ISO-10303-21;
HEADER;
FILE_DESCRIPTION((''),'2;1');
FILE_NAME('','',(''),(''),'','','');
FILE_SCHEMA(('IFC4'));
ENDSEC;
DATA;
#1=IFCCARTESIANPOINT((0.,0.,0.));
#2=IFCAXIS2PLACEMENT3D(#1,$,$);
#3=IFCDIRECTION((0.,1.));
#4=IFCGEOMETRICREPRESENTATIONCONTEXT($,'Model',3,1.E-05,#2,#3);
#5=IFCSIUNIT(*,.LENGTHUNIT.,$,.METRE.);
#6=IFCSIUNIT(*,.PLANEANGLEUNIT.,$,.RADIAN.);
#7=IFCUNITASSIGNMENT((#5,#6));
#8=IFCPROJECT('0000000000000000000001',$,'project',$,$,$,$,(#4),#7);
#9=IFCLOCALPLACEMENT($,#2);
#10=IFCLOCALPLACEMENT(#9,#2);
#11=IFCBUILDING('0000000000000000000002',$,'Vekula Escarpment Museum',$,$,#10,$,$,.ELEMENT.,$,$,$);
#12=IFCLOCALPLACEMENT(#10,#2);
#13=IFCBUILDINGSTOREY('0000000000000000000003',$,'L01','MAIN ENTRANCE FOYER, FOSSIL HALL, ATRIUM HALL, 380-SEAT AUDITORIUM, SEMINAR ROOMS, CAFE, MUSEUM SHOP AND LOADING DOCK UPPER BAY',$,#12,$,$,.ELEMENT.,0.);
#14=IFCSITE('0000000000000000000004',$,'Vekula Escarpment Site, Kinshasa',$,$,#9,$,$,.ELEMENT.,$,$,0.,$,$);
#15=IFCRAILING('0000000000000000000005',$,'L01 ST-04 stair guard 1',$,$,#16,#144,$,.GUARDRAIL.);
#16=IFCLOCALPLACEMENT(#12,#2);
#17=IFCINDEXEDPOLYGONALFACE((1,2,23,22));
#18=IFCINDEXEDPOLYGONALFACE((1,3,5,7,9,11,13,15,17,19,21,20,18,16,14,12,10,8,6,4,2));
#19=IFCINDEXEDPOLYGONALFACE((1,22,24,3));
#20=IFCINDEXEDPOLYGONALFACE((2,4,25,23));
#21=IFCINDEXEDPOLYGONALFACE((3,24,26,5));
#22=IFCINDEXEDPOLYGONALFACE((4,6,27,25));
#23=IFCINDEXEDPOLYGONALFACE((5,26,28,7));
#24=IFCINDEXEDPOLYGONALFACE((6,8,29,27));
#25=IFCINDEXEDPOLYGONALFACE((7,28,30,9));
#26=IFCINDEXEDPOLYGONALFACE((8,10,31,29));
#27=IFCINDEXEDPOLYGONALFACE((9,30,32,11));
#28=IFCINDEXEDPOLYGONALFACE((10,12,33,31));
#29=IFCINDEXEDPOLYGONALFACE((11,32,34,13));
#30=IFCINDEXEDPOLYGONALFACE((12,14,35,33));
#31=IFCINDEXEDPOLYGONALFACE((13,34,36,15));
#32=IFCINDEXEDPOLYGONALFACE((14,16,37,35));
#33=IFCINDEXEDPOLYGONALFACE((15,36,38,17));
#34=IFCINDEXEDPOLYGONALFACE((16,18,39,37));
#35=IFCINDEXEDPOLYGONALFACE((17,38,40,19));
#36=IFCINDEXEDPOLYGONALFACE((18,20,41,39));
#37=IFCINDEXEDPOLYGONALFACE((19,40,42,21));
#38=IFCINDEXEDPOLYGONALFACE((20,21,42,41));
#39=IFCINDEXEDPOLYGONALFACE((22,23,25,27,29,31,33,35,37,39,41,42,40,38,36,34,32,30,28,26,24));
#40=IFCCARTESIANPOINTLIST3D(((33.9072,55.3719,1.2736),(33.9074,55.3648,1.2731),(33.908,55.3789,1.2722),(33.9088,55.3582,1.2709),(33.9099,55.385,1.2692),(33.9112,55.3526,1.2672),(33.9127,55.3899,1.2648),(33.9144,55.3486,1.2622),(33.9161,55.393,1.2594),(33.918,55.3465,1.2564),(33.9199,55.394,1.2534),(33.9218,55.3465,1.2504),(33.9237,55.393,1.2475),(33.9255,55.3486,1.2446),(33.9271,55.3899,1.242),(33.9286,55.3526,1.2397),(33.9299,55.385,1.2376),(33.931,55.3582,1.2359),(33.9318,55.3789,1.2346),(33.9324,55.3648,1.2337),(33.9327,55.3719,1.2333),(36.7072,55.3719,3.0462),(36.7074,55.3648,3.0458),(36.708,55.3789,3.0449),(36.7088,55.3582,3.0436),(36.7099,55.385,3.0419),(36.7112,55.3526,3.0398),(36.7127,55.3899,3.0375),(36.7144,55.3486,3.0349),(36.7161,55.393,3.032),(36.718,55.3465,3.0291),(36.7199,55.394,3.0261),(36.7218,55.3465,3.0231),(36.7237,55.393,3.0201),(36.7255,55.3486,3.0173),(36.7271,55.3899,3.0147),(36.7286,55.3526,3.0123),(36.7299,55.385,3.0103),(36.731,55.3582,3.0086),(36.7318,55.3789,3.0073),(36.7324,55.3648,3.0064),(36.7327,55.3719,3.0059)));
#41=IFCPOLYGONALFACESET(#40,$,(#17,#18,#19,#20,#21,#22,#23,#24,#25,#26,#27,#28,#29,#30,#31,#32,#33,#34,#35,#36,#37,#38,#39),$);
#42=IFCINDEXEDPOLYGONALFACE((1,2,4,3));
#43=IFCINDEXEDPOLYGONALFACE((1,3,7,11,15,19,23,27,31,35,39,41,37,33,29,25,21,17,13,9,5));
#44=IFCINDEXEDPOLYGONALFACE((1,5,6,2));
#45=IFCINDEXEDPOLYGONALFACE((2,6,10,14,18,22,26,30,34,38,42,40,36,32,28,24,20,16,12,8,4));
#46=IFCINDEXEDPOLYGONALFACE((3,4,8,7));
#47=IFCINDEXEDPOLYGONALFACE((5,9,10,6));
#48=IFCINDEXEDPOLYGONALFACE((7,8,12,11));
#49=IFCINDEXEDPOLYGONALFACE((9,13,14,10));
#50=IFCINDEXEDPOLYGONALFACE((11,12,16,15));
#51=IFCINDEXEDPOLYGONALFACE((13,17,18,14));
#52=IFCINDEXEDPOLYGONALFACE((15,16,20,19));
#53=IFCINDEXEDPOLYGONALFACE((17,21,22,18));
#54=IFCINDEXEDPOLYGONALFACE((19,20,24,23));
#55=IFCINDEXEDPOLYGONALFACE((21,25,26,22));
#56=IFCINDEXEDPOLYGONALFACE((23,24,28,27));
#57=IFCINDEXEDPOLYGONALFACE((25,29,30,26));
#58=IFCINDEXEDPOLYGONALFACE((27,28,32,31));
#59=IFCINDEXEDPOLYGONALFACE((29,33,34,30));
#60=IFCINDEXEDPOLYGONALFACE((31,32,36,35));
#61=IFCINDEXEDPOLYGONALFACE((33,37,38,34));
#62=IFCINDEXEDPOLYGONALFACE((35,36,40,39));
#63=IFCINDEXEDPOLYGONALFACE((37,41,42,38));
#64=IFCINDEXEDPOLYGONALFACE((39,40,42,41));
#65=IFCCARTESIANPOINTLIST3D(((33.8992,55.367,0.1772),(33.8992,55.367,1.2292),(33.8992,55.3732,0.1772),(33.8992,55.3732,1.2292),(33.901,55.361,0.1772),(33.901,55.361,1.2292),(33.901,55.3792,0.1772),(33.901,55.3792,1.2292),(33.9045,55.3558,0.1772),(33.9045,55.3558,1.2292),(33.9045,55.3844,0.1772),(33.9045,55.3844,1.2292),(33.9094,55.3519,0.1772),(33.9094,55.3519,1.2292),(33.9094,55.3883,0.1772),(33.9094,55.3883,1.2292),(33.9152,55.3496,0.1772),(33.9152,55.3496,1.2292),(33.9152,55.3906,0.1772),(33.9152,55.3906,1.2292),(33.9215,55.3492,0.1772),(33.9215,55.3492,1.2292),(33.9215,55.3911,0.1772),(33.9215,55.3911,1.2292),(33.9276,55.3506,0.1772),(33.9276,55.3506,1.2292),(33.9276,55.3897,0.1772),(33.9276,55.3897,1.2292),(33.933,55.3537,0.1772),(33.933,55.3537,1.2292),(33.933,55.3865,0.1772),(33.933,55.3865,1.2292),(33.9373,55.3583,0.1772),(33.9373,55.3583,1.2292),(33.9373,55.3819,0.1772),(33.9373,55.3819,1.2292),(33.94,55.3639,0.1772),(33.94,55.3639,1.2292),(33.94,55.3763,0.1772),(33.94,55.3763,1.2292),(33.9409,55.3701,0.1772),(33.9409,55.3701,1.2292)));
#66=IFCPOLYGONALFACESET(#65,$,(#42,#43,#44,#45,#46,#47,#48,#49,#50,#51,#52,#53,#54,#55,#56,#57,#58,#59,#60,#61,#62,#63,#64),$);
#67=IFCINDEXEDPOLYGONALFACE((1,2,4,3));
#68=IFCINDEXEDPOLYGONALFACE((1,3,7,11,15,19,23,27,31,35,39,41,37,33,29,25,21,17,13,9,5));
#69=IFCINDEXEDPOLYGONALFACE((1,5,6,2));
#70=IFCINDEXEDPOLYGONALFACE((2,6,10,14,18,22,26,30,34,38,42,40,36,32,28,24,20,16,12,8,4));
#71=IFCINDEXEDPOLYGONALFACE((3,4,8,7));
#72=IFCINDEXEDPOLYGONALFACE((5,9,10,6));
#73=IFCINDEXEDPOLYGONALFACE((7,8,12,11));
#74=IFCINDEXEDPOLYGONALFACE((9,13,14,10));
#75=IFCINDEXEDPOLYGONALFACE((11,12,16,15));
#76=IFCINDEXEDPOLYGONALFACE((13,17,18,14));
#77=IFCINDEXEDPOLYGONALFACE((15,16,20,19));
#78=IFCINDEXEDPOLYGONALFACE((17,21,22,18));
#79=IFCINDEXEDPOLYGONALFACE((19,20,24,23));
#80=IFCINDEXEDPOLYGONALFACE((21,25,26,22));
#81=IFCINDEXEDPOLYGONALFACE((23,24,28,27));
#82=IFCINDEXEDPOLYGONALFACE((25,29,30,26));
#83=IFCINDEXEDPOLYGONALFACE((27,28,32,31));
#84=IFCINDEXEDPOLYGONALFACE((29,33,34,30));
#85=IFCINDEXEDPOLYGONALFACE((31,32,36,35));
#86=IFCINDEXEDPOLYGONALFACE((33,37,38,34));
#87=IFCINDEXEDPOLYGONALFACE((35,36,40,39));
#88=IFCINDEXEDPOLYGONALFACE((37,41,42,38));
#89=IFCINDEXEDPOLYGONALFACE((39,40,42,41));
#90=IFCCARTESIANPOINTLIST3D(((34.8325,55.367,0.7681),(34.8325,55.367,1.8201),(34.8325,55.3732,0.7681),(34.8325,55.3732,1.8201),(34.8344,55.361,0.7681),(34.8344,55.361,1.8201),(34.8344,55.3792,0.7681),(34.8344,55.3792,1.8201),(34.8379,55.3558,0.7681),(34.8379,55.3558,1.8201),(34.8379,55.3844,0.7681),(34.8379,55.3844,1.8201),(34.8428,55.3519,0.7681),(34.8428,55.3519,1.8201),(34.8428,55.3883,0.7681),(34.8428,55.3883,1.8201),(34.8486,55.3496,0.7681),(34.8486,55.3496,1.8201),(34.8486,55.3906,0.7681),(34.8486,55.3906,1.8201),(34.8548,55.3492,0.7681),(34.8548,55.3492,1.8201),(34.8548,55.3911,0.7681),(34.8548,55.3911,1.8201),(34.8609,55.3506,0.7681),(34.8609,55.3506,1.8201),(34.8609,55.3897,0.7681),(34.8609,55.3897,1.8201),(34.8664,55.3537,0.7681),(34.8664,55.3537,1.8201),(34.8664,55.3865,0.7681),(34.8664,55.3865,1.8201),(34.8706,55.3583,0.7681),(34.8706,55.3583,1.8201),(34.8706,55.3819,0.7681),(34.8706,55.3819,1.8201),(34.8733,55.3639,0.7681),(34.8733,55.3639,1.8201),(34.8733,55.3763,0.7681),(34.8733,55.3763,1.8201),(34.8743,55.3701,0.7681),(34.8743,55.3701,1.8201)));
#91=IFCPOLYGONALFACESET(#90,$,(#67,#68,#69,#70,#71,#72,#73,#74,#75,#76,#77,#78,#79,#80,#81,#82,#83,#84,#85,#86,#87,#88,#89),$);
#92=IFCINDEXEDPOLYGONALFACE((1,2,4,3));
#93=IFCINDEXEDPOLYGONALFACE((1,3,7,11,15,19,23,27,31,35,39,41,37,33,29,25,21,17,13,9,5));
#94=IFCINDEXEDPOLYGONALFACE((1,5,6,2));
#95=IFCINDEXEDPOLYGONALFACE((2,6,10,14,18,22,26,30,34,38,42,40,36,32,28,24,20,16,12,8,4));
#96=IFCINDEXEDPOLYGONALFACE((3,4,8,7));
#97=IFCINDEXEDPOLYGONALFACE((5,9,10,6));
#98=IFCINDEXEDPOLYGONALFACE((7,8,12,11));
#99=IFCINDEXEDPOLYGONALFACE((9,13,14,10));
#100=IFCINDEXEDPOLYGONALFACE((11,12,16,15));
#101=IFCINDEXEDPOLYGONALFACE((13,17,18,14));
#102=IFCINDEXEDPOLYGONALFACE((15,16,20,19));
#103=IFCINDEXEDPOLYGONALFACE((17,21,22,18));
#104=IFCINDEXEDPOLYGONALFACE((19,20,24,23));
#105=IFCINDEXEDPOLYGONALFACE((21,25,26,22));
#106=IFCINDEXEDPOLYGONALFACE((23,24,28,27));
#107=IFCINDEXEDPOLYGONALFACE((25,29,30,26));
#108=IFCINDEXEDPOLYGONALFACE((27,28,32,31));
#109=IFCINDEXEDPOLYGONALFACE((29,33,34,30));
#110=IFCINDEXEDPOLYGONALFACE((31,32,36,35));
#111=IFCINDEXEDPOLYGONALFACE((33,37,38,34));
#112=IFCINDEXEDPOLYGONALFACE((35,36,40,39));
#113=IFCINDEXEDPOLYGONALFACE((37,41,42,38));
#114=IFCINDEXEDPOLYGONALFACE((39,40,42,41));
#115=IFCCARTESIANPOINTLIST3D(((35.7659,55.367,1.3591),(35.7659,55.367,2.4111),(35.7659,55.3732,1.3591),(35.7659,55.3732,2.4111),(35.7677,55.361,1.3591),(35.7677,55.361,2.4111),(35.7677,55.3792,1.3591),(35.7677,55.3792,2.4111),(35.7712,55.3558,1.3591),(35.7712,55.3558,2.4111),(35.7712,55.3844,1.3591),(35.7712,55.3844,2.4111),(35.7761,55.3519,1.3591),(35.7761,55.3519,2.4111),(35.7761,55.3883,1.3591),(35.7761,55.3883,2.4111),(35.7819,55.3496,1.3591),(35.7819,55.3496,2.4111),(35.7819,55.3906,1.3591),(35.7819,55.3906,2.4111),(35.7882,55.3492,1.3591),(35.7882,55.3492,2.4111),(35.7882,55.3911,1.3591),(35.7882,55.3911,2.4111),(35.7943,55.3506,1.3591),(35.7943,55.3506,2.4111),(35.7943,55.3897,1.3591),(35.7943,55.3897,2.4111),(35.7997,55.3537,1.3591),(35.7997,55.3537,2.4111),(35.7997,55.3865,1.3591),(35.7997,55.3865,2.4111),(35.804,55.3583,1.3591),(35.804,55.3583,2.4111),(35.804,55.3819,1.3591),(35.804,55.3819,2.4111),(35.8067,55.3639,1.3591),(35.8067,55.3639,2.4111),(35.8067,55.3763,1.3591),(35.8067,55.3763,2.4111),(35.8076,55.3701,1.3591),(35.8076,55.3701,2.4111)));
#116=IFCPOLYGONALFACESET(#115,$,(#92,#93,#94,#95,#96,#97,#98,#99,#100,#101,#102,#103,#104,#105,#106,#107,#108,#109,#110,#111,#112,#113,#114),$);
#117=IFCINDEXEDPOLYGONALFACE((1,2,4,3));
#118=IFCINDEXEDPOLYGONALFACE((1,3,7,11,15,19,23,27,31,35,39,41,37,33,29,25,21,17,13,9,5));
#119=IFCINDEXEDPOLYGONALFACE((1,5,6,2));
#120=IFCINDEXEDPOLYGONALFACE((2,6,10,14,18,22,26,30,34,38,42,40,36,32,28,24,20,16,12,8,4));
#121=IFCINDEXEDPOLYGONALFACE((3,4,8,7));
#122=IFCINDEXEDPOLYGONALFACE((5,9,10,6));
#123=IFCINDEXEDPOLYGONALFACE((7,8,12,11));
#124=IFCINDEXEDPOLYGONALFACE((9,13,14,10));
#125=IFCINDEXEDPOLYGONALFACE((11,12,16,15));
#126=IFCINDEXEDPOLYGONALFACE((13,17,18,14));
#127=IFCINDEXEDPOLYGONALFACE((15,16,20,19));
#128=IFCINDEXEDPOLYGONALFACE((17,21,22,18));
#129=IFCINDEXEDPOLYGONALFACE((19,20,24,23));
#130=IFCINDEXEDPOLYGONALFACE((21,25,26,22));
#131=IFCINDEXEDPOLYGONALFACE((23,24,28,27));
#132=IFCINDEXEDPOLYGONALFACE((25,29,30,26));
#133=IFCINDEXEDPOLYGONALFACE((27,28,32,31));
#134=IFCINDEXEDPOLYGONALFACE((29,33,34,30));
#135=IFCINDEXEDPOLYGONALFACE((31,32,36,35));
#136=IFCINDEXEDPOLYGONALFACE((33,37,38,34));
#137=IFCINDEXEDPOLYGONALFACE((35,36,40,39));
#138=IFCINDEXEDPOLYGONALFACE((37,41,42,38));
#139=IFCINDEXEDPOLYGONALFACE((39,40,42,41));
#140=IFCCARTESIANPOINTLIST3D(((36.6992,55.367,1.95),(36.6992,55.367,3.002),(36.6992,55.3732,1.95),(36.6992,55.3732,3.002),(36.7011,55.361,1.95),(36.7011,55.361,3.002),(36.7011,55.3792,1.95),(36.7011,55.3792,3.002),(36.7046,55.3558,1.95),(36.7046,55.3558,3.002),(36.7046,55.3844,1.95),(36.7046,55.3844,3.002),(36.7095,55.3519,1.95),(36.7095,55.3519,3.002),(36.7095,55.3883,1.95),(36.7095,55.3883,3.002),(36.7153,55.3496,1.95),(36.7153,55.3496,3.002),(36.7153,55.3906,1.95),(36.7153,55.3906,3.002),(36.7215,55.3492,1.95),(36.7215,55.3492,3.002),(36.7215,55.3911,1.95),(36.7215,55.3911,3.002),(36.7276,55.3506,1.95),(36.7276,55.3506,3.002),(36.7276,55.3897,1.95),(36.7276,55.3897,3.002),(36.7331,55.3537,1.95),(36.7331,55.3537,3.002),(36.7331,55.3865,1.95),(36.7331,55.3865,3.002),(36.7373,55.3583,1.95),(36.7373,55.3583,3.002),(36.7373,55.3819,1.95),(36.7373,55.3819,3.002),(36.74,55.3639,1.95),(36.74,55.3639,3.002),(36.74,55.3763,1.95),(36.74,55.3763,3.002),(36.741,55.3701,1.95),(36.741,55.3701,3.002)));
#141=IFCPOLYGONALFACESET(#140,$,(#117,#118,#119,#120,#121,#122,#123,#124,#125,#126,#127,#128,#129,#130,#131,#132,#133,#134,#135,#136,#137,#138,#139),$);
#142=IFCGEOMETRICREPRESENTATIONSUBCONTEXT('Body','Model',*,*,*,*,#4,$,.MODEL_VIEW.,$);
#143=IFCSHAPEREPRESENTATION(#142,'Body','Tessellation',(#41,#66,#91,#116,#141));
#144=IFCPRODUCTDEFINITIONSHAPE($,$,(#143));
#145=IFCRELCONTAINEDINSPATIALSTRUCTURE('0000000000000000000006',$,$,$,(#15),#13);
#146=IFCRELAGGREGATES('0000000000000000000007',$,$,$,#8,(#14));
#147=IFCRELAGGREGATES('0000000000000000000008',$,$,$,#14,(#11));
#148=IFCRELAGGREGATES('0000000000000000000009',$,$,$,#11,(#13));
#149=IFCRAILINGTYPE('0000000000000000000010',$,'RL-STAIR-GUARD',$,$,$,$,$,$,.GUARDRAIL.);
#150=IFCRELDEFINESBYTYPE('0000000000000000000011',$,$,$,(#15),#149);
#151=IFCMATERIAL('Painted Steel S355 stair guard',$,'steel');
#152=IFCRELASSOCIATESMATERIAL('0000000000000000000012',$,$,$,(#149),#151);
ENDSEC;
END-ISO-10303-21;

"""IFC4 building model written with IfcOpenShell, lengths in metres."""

from ifc_helpers import new_model, si_unit, direction, frame, origin, origin_2d, place, context, subcontext, project, spatial, circle, extrude, material, type_object, element, save


model = new_model("IFC4")

# Units and contexts
model_context = context("Model", 3, precision=1e-05, world=origin(), true_north=direction((0.0, 1.0)))
body_context = subcontext(model_context, "Body", "Model", "MODEL_VIEW")
ifc_project = project(units=[si_unit("LENGTHUNIT", "METRE"), si_unit("PLANEANGLEUNIT", "RADIAN")], contexts=[model_context])

# Site, building, storey
site_placement = place(None, origin())
site = spatial("IfcSite", under=ifc_project, at=site_placement, Name="Vekula Escarpment Site, Kinshasa", CompositionType="ELEMENT", RefElevation=0.0)
building_placement = place(site_placement, origin())
building = spatial("IfcBuilding", under=site, at=building_placement, Name="Vekula Escarpment Museum", CompositionType="ELEMENT")
storey_placement = place(building_placement, origin())
storey = spatial("IfcBuildingStorey", under=building, at=storey_placement, Name="L01", Description="MAIN ENTRANCE FOYER, FOSSIL HALL, ATRIUM HALL, 380-SEAT AUDITORIUM, SEMINAR ROOMS, CAFE, MUSEUM SHOP AND LOADING DOCK UPPER BAY", CompositionType="ELEMENT", Elevation=0.0)

# Railing
ifc_material_1 = material(Name="Painted Steel S355 stair guard", Category="steel")
railing_type_1 = type_object("IfcRailingType", Name="RL-STAIR-GUARD", PredefinedType="GUARDRAIL", material=ifc_material_1)
railing_1_placement = place(storey_placement, frame((33.9199, 55.3701, 0.1772)))
element("IfcRailing", 1, at=railing_1_placement, inside=storey, type_object=railing_type_1, Name="L01 ST-04 stair guard 1", PredefinedType="GUARDRAIL", context=body_context, shape_type="SweptSolid", body=[
    extrude(circle(Radius=0.0239, at=origin_2d()), frame((0.0, 0.0, 1.0762), z_axis=(0.844909, 0.0, 0.53491), x_axis=(0.0, 1.0, 0.0)), (0.0, 0.0, 1.0), 3.314),
    extrude(circle(Radius=0.021, at=origin_2d()), origin(), (0.0, 0.0, 1.0), 1.052),
    extrude(circle(Radius=0.021, at=origin_2d()), frame((0.9333, 0.0, 0.5908)), (0.0, 0.0, 1.0), 1.052),
    extrude(circle(Radius=0.021, at=origin_2d()), frame((1.8667, 0.0, 1.1819)), (0.0, 0.0, 1.0), 1.052),
    extrude(circle(Radius=0.021, at=origin_2d()), frame((2.8, 0.0, 1.7727)), (0.0, 0.0, 1.0), 1.052),
])

save(model, "model.ifc")
